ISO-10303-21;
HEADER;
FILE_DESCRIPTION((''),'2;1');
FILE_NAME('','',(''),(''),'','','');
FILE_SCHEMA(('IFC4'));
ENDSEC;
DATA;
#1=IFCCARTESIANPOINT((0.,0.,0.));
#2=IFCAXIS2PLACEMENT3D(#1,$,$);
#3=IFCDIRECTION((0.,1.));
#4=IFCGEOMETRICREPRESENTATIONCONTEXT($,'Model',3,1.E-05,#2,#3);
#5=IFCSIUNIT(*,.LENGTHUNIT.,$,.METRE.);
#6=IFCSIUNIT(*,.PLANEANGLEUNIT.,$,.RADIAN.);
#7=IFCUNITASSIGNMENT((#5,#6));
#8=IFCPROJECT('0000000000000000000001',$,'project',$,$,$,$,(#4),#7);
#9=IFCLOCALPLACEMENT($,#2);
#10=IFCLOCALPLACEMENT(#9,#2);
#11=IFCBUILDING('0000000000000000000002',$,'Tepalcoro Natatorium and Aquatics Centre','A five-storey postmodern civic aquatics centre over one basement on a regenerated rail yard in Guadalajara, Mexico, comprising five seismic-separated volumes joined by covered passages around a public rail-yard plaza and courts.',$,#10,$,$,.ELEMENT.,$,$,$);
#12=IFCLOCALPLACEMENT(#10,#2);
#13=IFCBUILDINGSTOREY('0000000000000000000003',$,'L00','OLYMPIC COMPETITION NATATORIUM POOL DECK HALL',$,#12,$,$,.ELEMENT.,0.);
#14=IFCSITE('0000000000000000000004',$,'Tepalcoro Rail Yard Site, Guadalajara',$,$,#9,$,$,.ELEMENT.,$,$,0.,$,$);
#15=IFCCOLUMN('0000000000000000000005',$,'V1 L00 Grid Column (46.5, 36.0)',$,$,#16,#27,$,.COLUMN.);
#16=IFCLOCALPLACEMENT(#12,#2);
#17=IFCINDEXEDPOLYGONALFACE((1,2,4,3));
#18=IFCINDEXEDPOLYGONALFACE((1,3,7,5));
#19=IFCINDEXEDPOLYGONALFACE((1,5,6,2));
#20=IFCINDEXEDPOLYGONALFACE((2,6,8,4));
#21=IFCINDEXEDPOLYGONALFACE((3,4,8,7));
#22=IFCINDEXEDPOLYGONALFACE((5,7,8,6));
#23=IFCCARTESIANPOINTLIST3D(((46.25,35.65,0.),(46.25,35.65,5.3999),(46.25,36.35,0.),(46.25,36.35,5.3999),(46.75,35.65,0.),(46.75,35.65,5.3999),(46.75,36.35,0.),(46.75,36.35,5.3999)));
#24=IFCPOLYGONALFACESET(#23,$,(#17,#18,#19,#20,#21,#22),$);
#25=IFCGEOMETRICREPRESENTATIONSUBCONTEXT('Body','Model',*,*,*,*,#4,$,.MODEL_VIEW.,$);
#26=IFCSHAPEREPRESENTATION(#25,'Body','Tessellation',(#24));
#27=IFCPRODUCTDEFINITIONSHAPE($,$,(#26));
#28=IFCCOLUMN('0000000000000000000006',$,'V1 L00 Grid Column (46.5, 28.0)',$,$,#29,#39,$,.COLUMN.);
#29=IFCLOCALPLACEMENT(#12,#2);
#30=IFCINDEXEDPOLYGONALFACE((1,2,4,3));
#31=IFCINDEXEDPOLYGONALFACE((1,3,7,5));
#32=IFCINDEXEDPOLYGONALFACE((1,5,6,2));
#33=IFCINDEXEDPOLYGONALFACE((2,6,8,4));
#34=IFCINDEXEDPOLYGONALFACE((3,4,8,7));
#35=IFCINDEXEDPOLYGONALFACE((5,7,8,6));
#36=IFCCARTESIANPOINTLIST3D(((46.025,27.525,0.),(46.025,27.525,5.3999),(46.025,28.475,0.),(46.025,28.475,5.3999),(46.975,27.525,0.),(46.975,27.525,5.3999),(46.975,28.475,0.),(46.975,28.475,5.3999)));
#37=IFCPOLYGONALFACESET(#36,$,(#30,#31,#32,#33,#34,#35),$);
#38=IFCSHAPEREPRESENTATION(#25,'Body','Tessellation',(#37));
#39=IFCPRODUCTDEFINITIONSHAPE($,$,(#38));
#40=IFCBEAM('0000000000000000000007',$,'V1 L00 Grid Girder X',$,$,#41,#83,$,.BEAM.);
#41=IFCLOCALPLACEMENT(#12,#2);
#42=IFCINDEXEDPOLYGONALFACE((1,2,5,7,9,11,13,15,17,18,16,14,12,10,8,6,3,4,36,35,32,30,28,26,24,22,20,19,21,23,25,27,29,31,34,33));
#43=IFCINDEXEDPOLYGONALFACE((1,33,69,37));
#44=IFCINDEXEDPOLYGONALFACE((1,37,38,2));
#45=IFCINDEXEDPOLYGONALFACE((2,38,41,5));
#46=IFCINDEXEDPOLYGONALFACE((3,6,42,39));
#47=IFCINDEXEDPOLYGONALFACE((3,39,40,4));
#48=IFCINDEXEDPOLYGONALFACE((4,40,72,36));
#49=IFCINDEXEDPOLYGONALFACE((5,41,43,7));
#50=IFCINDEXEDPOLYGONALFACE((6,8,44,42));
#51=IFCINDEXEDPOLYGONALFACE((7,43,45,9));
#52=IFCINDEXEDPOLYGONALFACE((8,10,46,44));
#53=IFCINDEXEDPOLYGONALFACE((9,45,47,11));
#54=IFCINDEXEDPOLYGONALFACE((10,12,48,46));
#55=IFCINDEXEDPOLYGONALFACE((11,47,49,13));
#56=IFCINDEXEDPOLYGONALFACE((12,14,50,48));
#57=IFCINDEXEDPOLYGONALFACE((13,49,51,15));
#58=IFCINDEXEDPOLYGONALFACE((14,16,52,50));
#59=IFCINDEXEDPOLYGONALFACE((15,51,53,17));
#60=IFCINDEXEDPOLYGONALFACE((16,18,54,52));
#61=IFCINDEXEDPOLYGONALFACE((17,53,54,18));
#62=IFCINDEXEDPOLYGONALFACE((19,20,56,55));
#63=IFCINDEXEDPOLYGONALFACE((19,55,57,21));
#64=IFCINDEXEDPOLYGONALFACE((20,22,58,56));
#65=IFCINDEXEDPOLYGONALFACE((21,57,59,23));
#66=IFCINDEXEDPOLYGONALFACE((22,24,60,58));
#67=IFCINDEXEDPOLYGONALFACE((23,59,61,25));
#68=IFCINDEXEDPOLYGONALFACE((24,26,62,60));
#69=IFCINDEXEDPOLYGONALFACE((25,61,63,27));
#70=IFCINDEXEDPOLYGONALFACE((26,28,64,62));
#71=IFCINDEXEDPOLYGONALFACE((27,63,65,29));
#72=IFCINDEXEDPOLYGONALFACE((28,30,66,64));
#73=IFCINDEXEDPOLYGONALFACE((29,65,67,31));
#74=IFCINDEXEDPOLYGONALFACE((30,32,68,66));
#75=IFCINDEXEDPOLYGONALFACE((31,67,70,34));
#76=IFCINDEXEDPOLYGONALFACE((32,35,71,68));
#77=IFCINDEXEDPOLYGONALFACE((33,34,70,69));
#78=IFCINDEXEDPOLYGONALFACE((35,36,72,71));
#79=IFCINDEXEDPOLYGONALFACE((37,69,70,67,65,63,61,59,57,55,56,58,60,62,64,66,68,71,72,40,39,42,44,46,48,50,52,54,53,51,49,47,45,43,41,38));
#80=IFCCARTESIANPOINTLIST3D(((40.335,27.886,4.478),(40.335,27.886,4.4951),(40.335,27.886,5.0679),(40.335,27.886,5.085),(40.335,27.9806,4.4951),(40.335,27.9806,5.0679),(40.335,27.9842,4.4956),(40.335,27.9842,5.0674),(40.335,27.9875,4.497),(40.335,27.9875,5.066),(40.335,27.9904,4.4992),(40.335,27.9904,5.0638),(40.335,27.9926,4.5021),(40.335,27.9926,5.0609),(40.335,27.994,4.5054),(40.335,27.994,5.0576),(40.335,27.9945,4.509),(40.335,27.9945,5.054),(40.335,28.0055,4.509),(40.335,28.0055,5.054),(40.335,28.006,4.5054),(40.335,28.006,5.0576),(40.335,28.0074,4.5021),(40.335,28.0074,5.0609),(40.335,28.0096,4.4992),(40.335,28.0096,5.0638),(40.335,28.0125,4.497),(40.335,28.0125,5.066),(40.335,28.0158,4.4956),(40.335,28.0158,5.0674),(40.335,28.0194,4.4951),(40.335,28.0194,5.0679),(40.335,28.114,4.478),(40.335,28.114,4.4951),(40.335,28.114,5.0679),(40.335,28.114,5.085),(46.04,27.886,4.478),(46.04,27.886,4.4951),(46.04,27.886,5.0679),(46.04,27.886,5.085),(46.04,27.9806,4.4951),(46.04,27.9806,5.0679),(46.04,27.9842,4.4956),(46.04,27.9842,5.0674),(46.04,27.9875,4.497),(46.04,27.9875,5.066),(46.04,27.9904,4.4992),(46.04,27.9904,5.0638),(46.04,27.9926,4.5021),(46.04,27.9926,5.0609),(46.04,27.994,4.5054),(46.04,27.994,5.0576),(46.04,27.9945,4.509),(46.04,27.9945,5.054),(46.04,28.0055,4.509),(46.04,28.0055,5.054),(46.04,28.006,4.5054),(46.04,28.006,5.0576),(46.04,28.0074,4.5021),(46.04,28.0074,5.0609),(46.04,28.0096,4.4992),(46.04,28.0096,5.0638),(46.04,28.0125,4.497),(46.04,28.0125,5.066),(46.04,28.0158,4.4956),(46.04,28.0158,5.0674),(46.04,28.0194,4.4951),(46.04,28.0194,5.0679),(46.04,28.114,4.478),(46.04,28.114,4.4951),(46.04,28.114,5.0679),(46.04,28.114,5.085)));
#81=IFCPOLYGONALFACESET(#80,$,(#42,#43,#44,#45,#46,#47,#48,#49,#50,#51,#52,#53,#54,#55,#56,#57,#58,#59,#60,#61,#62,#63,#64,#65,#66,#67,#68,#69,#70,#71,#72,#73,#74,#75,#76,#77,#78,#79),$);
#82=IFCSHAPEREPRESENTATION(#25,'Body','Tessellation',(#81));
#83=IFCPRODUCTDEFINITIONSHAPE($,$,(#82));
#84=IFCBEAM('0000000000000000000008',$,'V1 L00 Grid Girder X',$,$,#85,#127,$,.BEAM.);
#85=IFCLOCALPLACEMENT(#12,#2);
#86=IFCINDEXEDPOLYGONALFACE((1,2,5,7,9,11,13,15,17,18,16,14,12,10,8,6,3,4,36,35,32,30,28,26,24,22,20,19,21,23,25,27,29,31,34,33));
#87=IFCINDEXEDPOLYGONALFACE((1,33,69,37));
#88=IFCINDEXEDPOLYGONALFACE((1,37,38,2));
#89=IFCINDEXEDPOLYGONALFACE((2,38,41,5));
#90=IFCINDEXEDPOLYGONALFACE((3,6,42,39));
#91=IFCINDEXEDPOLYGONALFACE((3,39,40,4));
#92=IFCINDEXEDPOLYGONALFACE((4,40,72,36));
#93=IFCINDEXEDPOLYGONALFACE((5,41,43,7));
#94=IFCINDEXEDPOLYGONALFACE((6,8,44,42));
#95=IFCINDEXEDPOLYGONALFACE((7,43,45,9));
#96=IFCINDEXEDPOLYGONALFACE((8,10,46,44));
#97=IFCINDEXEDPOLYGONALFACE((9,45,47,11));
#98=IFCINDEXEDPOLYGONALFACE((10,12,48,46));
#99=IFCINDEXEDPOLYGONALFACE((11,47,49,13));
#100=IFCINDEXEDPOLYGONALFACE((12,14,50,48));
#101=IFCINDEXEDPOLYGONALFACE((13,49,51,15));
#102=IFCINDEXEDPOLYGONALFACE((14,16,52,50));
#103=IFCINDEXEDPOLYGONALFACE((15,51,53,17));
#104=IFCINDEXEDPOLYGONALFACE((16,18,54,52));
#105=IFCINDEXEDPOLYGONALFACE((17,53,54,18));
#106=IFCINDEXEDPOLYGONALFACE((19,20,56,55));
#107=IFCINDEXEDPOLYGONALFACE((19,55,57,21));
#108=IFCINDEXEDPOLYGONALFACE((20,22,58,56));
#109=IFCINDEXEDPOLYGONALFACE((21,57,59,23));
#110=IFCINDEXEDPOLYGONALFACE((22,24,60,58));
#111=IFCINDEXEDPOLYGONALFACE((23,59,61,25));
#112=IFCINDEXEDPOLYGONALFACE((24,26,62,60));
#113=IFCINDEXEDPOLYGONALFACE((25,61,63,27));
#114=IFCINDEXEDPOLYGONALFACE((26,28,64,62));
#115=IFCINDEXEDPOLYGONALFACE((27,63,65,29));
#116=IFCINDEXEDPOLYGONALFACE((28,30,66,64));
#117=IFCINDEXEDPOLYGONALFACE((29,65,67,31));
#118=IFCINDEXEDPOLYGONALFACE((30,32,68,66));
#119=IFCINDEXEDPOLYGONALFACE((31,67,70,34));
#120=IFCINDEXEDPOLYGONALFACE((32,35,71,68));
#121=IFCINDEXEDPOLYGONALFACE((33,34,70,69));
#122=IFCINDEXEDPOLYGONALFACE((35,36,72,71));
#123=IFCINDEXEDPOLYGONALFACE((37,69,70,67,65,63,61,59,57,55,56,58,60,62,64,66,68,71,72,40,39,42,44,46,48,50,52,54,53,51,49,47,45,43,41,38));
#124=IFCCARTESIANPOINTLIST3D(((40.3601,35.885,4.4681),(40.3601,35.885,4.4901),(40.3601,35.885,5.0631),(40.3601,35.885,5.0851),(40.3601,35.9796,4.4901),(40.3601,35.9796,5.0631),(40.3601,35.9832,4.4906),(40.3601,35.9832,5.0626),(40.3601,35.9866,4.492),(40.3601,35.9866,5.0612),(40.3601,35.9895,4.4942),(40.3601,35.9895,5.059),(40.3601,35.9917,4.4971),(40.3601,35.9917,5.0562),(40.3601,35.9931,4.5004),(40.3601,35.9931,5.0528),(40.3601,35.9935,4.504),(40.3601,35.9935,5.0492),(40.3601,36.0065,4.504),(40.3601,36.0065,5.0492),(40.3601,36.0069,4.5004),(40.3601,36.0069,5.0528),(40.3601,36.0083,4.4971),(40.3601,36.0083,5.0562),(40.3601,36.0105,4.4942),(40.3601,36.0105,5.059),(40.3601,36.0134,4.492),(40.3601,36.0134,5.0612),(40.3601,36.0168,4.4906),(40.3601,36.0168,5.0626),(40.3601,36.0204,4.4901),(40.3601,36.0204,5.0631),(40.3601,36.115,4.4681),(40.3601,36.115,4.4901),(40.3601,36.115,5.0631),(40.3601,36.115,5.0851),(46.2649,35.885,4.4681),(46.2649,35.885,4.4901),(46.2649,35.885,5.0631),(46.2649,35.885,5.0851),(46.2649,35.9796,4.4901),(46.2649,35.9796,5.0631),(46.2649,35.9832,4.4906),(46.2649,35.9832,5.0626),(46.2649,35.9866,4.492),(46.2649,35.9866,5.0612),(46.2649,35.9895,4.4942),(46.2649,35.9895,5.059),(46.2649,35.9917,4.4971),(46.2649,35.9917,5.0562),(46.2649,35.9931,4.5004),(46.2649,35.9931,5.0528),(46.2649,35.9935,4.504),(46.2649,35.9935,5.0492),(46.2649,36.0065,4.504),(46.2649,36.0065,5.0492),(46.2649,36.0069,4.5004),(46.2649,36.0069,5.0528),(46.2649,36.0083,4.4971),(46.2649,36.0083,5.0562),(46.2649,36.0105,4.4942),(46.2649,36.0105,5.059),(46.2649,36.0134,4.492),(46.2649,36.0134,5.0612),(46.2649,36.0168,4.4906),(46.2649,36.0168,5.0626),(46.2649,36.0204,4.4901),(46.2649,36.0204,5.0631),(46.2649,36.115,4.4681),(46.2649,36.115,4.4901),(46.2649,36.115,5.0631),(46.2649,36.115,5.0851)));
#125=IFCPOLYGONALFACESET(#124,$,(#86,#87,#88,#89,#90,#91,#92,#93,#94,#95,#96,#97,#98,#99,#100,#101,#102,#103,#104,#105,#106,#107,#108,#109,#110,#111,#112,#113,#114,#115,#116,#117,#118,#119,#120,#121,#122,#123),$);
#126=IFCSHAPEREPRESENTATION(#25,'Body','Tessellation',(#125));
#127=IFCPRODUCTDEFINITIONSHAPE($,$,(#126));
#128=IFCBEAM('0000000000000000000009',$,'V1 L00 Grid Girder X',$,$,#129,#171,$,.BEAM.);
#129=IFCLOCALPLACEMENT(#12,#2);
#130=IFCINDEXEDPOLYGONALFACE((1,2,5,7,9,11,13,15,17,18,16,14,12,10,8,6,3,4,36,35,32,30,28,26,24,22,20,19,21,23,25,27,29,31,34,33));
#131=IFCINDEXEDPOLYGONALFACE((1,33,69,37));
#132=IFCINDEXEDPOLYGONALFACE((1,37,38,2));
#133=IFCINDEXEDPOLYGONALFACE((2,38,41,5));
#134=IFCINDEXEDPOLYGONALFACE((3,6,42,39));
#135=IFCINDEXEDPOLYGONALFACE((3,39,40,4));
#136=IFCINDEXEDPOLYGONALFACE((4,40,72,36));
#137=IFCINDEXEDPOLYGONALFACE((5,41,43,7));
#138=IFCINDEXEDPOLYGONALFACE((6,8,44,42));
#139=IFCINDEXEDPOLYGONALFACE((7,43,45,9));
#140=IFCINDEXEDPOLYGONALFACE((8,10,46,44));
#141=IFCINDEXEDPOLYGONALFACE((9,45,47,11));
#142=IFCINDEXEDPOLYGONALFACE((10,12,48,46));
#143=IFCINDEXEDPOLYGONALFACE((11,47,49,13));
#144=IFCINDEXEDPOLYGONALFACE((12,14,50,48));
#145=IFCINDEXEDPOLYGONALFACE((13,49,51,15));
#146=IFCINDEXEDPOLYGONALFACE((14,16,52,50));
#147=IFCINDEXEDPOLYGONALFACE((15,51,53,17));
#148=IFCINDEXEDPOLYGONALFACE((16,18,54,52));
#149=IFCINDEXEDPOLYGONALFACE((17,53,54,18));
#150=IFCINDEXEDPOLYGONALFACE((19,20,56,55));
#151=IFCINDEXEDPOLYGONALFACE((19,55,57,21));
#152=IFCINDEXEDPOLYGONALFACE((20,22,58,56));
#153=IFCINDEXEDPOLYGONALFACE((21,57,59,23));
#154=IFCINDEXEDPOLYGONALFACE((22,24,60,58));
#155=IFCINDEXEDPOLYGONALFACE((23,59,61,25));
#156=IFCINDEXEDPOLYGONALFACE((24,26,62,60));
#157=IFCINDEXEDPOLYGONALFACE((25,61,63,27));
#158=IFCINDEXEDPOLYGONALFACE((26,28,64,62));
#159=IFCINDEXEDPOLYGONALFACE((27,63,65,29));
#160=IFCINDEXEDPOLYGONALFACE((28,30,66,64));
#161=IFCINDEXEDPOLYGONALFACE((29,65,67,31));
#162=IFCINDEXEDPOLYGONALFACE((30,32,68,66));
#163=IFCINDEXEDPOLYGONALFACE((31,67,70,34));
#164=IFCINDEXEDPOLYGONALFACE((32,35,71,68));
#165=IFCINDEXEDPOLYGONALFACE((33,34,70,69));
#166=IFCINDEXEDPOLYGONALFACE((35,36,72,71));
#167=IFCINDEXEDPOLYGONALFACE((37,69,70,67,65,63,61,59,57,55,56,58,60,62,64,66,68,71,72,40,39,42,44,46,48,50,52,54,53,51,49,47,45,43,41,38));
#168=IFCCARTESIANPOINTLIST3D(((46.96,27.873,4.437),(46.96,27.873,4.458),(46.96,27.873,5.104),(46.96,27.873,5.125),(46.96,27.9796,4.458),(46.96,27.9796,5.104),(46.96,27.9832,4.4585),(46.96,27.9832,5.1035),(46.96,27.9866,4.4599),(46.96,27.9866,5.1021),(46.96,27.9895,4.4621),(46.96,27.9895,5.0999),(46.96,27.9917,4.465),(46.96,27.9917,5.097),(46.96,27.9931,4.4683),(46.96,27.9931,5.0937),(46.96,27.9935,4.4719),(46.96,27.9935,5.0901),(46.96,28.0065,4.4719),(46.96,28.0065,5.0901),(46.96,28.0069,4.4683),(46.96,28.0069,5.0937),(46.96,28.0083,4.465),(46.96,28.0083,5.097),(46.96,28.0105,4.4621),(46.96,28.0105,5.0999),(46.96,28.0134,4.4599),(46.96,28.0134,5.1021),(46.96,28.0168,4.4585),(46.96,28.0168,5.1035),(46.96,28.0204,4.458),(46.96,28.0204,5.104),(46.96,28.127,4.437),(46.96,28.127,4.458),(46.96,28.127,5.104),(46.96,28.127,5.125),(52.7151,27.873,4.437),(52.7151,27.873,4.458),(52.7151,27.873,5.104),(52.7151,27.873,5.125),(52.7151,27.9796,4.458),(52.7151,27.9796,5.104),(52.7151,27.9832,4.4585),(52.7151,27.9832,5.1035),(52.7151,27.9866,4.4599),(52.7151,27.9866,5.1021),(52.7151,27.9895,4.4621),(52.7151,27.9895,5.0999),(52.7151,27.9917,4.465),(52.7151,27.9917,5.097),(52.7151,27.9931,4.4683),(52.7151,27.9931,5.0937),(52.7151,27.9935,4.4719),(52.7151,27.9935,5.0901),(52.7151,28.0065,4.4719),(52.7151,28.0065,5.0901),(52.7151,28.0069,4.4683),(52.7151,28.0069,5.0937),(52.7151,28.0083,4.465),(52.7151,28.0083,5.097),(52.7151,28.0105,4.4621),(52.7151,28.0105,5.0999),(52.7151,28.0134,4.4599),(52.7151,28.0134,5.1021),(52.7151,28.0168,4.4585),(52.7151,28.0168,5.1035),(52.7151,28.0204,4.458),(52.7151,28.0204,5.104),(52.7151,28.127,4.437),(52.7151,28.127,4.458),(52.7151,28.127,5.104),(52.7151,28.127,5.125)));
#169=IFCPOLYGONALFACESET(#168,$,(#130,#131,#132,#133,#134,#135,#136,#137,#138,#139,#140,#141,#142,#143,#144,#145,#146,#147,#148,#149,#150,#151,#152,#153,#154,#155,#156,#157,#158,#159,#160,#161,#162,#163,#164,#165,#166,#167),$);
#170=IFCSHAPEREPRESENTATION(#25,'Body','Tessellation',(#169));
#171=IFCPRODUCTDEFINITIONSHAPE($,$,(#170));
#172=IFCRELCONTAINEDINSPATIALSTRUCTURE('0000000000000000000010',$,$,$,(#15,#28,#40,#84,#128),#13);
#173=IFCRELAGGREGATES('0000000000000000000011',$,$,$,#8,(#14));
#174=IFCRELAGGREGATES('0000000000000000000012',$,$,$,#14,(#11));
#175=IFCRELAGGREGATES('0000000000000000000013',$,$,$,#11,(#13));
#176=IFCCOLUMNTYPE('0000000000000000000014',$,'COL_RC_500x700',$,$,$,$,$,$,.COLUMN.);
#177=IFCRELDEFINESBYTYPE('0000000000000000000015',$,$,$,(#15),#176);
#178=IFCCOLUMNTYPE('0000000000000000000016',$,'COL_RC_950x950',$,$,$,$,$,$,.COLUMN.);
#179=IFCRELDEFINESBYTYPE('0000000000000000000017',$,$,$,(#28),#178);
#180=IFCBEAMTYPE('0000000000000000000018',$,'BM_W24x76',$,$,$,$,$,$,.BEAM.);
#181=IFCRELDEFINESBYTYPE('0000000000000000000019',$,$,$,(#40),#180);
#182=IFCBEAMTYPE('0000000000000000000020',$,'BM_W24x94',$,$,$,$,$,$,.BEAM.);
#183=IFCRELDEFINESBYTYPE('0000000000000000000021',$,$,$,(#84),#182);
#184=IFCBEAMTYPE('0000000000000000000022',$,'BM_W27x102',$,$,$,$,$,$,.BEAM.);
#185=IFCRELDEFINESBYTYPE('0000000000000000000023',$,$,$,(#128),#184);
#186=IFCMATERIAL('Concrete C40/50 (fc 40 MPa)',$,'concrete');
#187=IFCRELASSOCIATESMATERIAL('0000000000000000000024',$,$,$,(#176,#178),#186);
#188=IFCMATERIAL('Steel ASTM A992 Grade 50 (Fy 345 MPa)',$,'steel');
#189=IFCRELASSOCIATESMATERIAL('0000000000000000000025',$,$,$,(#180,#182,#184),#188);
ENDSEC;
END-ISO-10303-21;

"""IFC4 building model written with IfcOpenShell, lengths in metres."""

from ifc_helpers import new_model, si_unit, direction, frame, origin, origin_2d, place, context, subcontext, project, spatial, rectangle, i_section, extrude, material, material_profile, profile_set, type_object, element, save


model = new_model("IFC4")

# Units and contexts
model_context = context("Model", 3, precision=1e-05, world=origin(), true_north=direction((0.0, 1.0)))
body_context = subcontext(model_context, "Body", "Model", "MODEL_VIEW")
ifc_project = project(units=[si_unit("LENGTHUNIT", "METRE"), si_unit("PLANEANGLEUNIT", "RADIAN")], contexts=[model_context])

# Site, building, storey
site_placement = place(None, origin())
site = spatial("IfcSite", under=ifc_project, at=site_placement, Name="Tepalcoro Rail Yard Site, Guadalajara", CompositionType="ELEMENT", RefElevation=0.0)
building_placement = place(site_placement, origin())
building = spatial("IfcBuilding", under=site, at=building_placement, Name="Tepalcoro Natatorium and Aquatics Centre", Description="A five-storey postmodern civic aquatics centre over one basement on a regenerated rail yard in Guadalajara, Mexico, comprising five seismic-separated volumes joined by covered passages around a public rail-yard plaza and courts.", CompositionType="ELEMENT")
storey_placement = place(building_placement, origin())
storey = spatial("IfcBuildingStorey", under=building, at=storey_placement, Name="L00", Description="OLYMPIC COMPETITION NATATORIUM POOL DECK HALL", CompositionType="ELEMENT", Elevation=0.0)

# Columns
ifc_material_1 = material(Name="Concrete C40/50 (fc 40 MPa)", Category="concrete")
ifc_material_profile_1 = material_profile(ifc_material_1, rectangle(XDim=0.5, YDim=0.7, at=origin_2d()), Name="RC500x700")
ifc_profile_set_1 = profile_set([ifc_material_profile_1], Name="Concrete C40/50 (fc 40 MPa)")
column_type_1 = type_object("IfcColumnType", Name="COL_RC_500x700", PredefinedType="COLUMN", material=ifc_profile_set_1)
column_1_placement = place(storey_placement, frame((46.5, 36.0, 0.0), z_axis=(0.0, 0.0, 1.0), x_axis=(1.0, 0.0, 0.0)))
element("IfcColumn", 1, at=column_1_placement, inside=storey, type_object=column_type_1, Name="V1 L00 Grid Column (46.5, 36.0)", PredefinedType="COLUMN", context=body_context, shape_type="SweptSolid", body=[
    extrude(rectangle(XDim=0.5, YDim=0.7, at=origin_2d()), origin(), (0.0, 0.0, 1.0), 5.3999),
])
ifc_material_profile_2 = material_profile(ifc_material_1, rectangle(XDim=0.95, YDim=0.95, at=origin_2d()), Name="RC950x950")
ifc_profile_set_2 = profile_set([ifc_material_profile_2], Name="Concrete C40/50 (fc 40 MPa)")
column_type_2 = type_object("IfcColumnType", Name="COL_RC_950x950", PredefinedType="COLUMN", material=ifc_profile_set_2)
column_2_placement = place(storey_placement, frame((46.5, 28.0, 0.0), z_axis=(0.0, 0.0, 1.0), x_axis=(1.0, 0.0, 0.0)))
element("IfcColumn", 2, at=column_2_placement, inside=storey, type_object=column_type_2, Name="V1 L00 Grid Column (46.5, 28.0)", PredefinedType="COLUMN", context=body_context, shape_type="SweptSolid", body=[
    extrude(rectangle(XDim=0.95, YDim=0.95, at=origin_2d()), origin(), (0.0, 0.0, 1.0), 5.3999),
])

# Beams
ifc_material_2 = material(Name="Steel ASTM A992 Grade 50 (Fy 345 MPa)", Category="steel")
ifc_material_profile_3 = material_profile(ifc_material_2, i_section(OverallWidth=0.228, OverallDepth=0.6069, WebThickness=0.011, FlangeThickness=0.0171, FilletRadius=0.0139, at=origin_2d()), Name="W24X76")
ifc_profile_set_3 = profile_set([ifc_material_profile_3], Name="Steel ASTM A992 Grade 50 (Fy 345 MPa)")
beam_type_1 = type_object("IfcBeamType", Name="BM_W24x76", PredefinedType="BEAM", material=ifc_profile_set_3)
beam_1_placement = place(storey_placement, frame((40.335, 28.0, 4.7815), z_axis=(1.0, 0.0, 0.0), x_axis=(0.0, 1.0, 0.0)))
element("IfcBeam", 3, at=beam_1_placement, inside=storey, type_object=beam_type_1, Name="V1 L00 Grid Girder X", PredefinedType="BEAM", context=body_context, shape_type="SweptSolid", body=[
    extrude(i_section(OverallWidth=0.228, OverallDepth=0.6069, WebThickness=0.011, FlangeThickness=0.0171, FilletRadius=0.0139, at=origin_2d()), origin(), (0.0, 0.0, 1.0), 5.7051),
])
ifc_material_profile_4 = material_profile(ifc_material_2, i_section(OverallWidth=0.23, OverallDepth=0.6169, WebThickness=0.0129, FlangeThickness=0.022, FilletRadius=0.0139, at=origin_2d()), Name="W24X94")
ifc_profile_set_4 = profile_set([ifc_material_profile_4], Name="Steel ASTM A992 Grade 50 (Fy 345 MPa)")
beam_type_2 = type_object("IfcBeamType", Name="BM_W24x94", PredefinedType="BEAM", material=ifc_profile_set_4)
beam_2_placement = place(storey_placement, frame((40.3601, 36.0, 4.7766), z_axis=(1.0, 0.0, 0.0), x_axis=(0.0, 1.0, 0.0)))
element("IfcBeam", 4, at=beam_2_placement, inside=storey, type_object=beam_type_2, Name="V1 L00 Grid Girder X", PredefinedType="BEAM", context=body_context, shape_type="SweptSolid", body=[
    extrude(i_section(OverallWidth=0.23, OverallDepth=0.6169, WebThickness=0.0129, FlangeThickness=0.022, FilletRadius=0.0139, at=origin_2d()), origin(), (0.0, 0.0, 1.0), 5.9048),
])
ifc_material_profile_5 = material_profile(ifc_material_2, i_section(OverallWidth=0.2539, OverallDepth=0.688, WebThickness=0.0129, FlangeThickness=0.021, FilletRadius=0.0139, at=origin_2d()), Name="W27X102")
ifc_profile_set_5 = profile_set([ifc_material_profile_5], Name="Steel ASTM A992 Grade 50 (Fy 345 MPa)")
beam_type_3 = type_object("IfcBeamType", Name="BM_W27x102", PredefinedType="BEAM", material=ifc_profile_set_5)
beam_3_placement = place(storey_placement, frame((46.96, 28.0, 4.781), z_axis=(1.0, 0.0, 0.0), x_axis=(0.0, 1.0, 0.0)))
element("IfcBeam", 5, at=beam_3_placement, inside=storey, type_object=beam_type_3, Name="V1 L00 Grid Girder X", PredefinedType="BEAM", context=body_context, shape_type="SweptSolid", body=[
    extrude(i_section(OverallWidth=0.2539, OverallDepth=0.688, WebThickness=0.0129, FlangeThickness=0.021, FilletRadius=0.0139, at=origin_2d()), origin(), (0.0, 0.0, 1.0), 5.7551),
])

save(model, "model.ifc")
